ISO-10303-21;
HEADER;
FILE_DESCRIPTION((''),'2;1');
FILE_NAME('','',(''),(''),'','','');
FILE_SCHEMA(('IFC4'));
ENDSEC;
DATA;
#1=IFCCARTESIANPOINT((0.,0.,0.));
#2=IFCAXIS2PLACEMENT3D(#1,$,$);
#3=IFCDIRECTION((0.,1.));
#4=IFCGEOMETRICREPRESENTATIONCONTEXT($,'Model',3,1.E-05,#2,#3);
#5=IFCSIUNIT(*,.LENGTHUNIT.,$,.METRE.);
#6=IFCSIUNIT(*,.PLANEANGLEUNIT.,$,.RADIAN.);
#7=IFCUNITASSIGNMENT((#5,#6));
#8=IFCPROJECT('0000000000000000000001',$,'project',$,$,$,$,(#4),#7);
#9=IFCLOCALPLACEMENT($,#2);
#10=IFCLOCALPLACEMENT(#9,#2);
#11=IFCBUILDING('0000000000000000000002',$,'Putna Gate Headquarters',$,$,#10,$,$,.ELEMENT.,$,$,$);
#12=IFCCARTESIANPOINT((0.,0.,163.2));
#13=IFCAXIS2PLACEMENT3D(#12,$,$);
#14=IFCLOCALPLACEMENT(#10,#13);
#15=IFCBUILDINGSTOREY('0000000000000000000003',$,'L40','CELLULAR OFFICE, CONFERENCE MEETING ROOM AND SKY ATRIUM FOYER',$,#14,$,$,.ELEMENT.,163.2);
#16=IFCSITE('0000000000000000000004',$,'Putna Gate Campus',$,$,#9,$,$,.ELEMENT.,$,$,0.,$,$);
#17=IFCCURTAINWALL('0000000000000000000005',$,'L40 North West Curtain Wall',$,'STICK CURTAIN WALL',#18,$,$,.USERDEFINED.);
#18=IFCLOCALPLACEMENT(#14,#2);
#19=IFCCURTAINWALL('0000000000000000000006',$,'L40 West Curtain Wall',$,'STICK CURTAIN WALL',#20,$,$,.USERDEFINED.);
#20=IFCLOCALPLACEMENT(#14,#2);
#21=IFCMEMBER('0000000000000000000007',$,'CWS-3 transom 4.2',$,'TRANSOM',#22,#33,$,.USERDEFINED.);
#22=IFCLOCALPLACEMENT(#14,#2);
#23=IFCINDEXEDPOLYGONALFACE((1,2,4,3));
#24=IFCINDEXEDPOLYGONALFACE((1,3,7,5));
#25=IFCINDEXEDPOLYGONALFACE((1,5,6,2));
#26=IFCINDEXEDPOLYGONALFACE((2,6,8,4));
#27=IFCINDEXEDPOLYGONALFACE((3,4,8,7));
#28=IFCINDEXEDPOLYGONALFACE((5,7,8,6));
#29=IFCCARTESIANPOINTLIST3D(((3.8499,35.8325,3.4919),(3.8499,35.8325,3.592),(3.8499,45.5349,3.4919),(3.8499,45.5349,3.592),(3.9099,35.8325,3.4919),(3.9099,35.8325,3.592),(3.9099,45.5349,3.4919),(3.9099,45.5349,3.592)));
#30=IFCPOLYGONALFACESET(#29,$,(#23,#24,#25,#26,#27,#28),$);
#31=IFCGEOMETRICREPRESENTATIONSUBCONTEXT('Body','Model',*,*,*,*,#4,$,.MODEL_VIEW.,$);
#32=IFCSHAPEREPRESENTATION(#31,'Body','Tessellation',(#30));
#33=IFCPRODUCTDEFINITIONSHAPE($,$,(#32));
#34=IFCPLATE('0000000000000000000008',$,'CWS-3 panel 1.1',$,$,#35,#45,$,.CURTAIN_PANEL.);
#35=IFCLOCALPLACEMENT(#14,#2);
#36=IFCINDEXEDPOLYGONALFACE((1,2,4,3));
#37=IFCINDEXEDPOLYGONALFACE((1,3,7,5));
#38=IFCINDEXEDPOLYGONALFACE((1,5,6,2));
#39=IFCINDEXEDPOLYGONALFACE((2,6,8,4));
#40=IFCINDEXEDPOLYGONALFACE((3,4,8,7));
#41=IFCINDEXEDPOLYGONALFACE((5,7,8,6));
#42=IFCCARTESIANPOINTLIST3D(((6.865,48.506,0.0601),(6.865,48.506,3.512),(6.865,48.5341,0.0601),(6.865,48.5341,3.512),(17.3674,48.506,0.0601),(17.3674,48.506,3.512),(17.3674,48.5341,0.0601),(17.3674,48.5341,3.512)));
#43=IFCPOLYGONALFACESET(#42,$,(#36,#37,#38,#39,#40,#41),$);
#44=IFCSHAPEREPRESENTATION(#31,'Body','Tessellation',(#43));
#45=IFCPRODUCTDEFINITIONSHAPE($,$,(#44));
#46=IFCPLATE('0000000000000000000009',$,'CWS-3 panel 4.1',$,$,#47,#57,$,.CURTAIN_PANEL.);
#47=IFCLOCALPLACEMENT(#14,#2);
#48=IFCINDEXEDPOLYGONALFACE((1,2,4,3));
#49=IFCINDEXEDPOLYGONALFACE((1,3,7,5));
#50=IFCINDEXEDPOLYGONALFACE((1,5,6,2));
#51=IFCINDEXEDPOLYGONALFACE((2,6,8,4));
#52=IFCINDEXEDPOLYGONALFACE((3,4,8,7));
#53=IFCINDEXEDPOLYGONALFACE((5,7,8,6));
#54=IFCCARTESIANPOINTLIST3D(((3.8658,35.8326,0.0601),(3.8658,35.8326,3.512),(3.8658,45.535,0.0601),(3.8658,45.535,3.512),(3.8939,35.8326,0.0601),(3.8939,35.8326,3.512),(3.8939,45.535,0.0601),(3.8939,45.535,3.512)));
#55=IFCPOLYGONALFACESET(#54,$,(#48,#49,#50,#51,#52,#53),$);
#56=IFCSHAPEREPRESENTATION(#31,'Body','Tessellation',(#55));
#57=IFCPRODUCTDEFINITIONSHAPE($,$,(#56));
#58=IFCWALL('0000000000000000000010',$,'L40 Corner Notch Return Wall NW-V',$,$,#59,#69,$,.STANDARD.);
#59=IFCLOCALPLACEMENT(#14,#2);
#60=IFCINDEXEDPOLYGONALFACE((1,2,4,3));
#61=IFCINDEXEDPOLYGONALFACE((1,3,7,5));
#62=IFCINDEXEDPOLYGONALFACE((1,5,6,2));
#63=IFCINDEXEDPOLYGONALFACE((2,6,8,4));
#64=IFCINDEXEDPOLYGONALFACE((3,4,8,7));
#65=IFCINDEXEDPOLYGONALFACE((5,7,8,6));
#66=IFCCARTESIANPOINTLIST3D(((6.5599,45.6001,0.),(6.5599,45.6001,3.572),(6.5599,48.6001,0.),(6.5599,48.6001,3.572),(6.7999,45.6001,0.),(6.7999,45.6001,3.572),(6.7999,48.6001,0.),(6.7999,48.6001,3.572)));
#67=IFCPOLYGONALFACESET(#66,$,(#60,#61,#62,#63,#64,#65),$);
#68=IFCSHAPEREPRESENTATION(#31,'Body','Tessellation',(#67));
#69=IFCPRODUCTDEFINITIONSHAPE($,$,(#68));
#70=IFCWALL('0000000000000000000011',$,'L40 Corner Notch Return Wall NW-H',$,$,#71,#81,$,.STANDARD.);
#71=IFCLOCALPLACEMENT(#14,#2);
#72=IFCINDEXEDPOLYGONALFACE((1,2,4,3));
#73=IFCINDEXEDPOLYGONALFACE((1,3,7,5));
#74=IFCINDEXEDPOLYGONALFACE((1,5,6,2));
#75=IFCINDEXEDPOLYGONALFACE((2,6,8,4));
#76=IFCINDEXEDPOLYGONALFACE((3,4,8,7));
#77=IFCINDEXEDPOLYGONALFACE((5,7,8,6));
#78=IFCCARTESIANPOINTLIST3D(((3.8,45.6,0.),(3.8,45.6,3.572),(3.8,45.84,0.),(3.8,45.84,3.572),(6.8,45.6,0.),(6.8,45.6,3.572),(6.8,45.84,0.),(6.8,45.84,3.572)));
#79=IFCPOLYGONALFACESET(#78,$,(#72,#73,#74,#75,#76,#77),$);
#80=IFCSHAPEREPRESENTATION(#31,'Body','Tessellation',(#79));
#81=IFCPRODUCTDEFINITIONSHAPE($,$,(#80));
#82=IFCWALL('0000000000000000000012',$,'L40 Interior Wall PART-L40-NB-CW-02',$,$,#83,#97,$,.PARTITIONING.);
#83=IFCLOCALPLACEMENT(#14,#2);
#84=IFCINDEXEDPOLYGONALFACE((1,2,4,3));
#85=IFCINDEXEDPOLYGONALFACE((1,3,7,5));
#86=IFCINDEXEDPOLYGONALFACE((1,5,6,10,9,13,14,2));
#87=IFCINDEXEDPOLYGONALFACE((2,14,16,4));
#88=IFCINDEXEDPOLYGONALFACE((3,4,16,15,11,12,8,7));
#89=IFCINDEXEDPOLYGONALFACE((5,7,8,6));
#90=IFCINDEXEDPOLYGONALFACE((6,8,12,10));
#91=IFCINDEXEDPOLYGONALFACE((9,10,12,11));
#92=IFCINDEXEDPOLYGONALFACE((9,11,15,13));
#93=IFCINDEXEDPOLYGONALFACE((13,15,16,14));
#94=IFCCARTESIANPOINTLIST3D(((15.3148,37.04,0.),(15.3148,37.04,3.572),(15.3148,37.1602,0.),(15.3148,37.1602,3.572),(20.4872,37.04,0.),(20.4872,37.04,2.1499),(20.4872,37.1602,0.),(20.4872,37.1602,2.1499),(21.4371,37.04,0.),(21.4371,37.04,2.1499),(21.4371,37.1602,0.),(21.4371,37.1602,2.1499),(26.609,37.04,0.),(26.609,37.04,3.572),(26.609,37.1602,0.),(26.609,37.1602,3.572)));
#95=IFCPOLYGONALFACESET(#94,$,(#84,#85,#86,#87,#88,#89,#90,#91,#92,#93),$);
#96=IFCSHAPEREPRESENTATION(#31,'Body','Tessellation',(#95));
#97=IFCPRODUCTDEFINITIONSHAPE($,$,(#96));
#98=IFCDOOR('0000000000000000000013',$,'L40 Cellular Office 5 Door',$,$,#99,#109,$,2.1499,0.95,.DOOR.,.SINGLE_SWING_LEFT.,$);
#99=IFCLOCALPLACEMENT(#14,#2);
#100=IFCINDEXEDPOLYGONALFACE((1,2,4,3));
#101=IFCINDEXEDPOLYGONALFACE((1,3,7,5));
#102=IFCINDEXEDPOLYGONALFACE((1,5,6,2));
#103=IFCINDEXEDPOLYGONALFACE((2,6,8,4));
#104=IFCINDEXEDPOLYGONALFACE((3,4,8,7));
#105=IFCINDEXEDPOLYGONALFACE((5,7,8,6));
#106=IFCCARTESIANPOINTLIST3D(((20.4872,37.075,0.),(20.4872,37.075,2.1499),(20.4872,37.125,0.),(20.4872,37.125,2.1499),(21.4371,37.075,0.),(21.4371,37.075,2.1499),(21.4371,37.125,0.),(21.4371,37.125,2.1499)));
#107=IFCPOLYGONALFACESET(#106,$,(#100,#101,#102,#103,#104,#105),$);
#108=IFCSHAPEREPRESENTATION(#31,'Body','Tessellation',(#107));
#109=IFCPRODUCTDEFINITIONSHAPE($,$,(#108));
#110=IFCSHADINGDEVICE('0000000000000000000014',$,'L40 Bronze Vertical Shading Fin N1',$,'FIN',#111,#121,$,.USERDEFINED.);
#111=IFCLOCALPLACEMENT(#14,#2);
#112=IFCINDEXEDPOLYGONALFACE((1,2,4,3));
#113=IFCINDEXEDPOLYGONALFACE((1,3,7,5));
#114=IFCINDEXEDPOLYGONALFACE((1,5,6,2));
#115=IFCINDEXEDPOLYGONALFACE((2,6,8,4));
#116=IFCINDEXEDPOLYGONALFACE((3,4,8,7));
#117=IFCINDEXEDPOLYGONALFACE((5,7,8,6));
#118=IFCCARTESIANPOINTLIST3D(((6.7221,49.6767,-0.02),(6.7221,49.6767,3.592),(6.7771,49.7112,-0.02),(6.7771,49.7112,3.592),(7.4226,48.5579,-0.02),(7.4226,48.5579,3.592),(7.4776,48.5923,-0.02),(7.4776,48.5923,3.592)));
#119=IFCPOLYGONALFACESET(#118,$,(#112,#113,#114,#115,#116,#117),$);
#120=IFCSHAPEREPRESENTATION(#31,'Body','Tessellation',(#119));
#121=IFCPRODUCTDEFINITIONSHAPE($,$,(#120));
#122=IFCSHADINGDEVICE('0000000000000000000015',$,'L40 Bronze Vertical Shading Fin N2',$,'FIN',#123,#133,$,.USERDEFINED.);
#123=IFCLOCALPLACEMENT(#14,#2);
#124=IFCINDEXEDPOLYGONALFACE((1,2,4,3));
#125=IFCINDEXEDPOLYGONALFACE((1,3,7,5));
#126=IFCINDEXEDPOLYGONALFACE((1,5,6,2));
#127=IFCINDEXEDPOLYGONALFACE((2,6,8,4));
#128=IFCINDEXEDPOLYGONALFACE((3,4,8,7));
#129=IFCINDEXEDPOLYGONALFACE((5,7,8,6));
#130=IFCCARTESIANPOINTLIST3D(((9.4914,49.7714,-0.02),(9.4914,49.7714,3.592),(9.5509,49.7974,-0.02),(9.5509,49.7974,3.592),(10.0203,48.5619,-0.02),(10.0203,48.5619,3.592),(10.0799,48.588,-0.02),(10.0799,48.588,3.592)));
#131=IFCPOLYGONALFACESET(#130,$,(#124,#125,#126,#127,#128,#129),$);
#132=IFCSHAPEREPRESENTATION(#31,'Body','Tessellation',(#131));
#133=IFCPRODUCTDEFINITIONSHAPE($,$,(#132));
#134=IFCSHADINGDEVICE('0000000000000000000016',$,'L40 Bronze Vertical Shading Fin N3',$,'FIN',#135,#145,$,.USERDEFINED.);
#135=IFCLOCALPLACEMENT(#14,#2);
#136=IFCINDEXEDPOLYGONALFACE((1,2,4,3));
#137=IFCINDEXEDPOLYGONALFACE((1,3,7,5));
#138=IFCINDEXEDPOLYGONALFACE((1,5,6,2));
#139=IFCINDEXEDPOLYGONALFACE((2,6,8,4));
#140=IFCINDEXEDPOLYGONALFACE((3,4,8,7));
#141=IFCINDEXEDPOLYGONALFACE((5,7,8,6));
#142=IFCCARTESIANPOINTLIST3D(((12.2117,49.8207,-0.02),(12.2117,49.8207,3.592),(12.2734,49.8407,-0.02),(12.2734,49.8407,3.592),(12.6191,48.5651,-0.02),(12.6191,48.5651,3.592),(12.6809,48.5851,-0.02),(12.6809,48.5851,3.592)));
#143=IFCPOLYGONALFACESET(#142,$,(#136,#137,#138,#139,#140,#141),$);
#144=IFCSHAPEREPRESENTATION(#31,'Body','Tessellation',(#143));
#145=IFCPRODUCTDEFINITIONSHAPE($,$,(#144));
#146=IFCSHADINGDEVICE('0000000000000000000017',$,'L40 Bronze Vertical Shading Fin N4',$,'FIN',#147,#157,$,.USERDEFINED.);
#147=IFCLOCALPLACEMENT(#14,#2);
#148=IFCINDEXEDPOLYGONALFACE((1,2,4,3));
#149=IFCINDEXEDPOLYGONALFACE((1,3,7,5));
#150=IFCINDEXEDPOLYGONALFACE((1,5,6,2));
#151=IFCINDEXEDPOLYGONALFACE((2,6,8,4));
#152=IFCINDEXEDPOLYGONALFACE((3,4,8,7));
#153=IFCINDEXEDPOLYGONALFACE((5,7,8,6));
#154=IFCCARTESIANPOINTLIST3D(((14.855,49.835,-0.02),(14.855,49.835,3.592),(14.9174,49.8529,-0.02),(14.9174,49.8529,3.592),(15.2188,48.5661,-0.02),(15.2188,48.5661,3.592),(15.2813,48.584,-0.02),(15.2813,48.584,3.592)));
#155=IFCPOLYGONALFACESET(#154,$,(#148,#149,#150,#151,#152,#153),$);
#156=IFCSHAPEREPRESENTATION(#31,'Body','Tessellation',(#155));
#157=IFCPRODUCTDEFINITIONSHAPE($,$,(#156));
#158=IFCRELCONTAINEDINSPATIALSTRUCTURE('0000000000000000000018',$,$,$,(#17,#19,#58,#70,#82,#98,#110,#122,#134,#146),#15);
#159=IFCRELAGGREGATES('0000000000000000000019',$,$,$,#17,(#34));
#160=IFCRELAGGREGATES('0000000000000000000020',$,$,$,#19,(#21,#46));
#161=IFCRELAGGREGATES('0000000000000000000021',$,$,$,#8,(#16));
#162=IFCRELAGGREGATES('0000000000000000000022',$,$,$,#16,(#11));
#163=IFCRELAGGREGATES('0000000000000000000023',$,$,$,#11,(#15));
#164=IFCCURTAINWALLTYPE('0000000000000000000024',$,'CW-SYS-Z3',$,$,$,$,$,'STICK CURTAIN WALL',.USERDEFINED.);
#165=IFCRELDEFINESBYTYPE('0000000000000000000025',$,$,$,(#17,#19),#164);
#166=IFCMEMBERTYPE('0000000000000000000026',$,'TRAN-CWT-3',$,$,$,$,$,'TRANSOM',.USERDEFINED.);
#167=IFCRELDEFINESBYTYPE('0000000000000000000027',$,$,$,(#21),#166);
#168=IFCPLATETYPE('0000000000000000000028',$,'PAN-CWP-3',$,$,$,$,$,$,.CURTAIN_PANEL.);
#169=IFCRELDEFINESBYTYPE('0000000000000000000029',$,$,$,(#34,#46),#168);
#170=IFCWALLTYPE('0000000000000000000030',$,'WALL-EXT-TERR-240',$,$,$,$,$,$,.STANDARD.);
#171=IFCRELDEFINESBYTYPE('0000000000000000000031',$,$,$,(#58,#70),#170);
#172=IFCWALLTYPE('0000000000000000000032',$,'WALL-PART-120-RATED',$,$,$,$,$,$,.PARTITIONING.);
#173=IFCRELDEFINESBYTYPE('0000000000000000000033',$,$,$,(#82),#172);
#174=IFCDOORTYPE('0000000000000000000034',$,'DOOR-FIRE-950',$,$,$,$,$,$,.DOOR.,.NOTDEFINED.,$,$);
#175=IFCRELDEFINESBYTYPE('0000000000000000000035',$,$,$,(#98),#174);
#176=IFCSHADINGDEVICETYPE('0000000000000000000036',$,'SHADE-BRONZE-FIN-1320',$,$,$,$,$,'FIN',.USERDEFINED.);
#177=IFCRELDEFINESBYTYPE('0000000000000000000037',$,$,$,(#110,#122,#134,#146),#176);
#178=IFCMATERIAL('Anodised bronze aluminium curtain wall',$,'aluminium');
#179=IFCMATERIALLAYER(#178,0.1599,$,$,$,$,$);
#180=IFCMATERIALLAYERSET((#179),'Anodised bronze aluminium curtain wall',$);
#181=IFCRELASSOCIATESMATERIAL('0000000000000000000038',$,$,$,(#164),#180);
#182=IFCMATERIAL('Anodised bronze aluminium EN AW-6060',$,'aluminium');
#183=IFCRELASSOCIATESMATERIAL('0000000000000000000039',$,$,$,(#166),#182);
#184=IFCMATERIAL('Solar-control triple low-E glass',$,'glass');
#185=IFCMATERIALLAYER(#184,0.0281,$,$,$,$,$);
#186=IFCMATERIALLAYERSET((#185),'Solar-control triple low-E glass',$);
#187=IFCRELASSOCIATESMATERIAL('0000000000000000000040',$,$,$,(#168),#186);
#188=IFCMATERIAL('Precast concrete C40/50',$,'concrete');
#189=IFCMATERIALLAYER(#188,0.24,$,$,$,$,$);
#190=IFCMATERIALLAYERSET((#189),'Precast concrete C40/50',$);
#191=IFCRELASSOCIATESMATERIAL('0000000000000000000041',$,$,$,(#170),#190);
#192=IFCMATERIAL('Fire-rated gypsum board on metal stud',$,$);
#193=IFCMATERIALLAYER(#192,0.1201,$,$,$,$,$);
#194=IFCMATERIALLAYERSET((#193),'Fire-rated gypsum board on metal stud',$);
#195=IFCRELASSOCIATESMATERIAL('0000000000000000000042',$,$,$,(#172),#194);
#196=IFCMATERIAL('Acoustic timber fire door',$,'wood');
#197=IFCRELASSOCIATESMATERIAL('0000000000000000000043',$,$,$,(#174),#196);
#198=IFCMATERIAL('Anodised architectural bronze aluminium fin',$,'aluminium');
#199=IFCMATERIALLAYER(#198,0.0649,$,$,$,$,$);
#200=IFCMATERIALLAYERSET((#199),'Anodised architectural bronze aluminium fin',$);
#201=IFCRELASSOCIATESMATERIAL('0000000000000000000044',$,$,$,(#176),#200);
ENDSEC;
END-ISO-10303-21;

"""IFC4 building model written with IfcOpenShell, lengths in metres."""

from ifc_helpers import new_model, si_unit, direction, frame, frame_2d, origin, origin_2d, place, context, subcontext, project, spatial, rectangle, extrude, material, layer, layer_set, material_profile, profile_set, type_object, element, fill, aggregate, save


model = new_model("IFC4")

# Units and contexts
model_context = context("Model", 3, precision=1e-05, world=origin(), true_north=direction((0.0, 1.0)))
body_context = subcontext(model_context, "Body", "Model", "MODEL_VIEW")
ifc_project = project(units=[si_unit("LENGTHUNIT", "METRE"), si_unit("PLANEANGLEUNIT", "RADIAN")], contexts=[model_context])

# Site, building, storey
site_placement = place(None, origin())
site = spatial("IfcSite", under=ifc_project, at=site_placement, Name="Putna Gate Campus", CompositionType="ELEMENT", RefElevation=0.0)
building_placement = place(site_placement, origin())
building = spatial("IfcBuilding", under=site, at=building_placement, Name="Putna Gate Headquarters", CompositionType="ELEMENT")
storey_placement = place(building_placement, frame((0.0, 0.0, 163.2)))
storey = spatial("IfcBuildingStorey", under=building, at=storey_placement, Name="L40", Description="CELLULAR OFFICE, CONFERENCE MEETING ROOM AND SKY ATRIUM FOYER", CompositionType="ELEMENT", Elevation=163.2)

# Curtain wall
ifc_material_1 = material(Name="Anodised bronze aluminium curtain wall", Category="aluminium")
ifc_layer_1 = layer(ifc_material_1, 0.1599)
ifc_layer_set_1 = layer_set([ifc_layer_1], Name="Anodised bronze aluminium curtain wall")
curtain_wall_type = type_object("IfcCurtainWallType", Name="CW-SYS-Z3", ElementType="STICK CURTAIN WALL", PredefinedType="USERDEFINED", material=ifc_layer_set_1)
curtain_wall_1_placement = place(storey_placement, origin())
curtain_wall_1 = element("IfcCurtainWall", 1, at=curtain_wall_1_placement, inside=storey, type_object=curtain_wall_type, Name="L40 North West Curtain Wall", ObjectType="STICK CURTAIN WALL", PredefinedType="USERDEFINED")
ifc_material_2 = material(Name="Anodised bronze aluminium EN AW-6060", Category="aluminium")

# Curtain wall
curtain_wall_2_placement = place(storey_placement, origin())
curtain_wall_2 = element("IfcCurtainWall", 2, at=curtain_wall_2_placement, inside=storey, type_object=curtain_wall_type, Name="L40 West Curtain Wall", ObjectType="STICK CURTAIN WALL", PredefinedType="USERDEFINED")

# Member
ifc_material_profile_1 = material_profile(ifc_material_2, rectangle(XDim=0.0601, YDim=0.1001, at=origin_2d()), Name="Anodised bronze aluminium EN AW-6060")
ifc_profile_set_1 = profile_set([ifc_material_profile_1], Name="Anodised bronze aluminium EN AW-6060")
member_type_1 = type_object("IfcMemberType", Name="TRAN-CWT-3", ElementType="TRANSOM", PredefinedType="USERDEFINED", material=ifc_profile_set_1)
member_1_placement = place(storey_placement, frame((3.8799, 35.8325, 3.542), z_axis=(0.0, 1.0, 0.0), x_axis=(-1.0, 0.0, 0.0)))
member_1 = element("IfcMember", 3, at=member_1_placement, type_object=member_type_1, Name="CWS-3 transom 4.2", ObjectType="TRANSOM", PredefinedType="USERDEFINED", context=body_context, shape_type="SweptSolid", body=[
    extrude(rectangle(XDim=0.0601, YDim=0.1001, at=origin_2d()), origin(), (0.0, 0.0, 1.0), 9.7024),
])

# Plates
ifc_material_3 = material(Name="Solar-control triple low-E glass", Category="glass")
ifc_layer_2 = layer(ifc_material_3, 0.0281)
ifc_layer_set_2 = layer_set([ifc_layer_2], Name="Solar-control triple low-E glass")
plate_type = type_object("IfcPlateType", Name="PAN-CWP-3", PredefinedType="CURTAIN_PANEL", material=ifc_layer_set_2)
plate_1_placement = place(storey_placement, frame((12.1162, 48.52, 0.0601), z_axis=(0.0, 0.0, 1.0), x_axis=(1.0, 0.0, 0.0)))
plate_1 = element("IfcPlate", 4, at=plate_1_placement, type_object=plate_type, Name="CWS-3 panel 1.1", PredefinedType="CURTAIN_PANEL", context=body_context, shape_type="SweptSolid", body=[
    extrude(rectangle(XDim=10.5024, YDim=0.0281, at=origin_2d()), origin(), (0.0, 0.0, 1.0), 3.4519),
])
aggregate(curtain_wall_1, [plate_1])
plate_2_placement = place(storey_placement, frame((3.8799, 40.6838, 0.0601), z_axis=(0.0, 0.0, 1.0), x_axis=(0.0, 1.0, 0.0)))
plate_2 = element("IfcPlate", 5, at=plate_2_placement, type_object=plate_type, Name="CWS-3 panel 4.1", PredefinedType="CURTAIN_PANEL", context=body_context, shape_type="SweptSolid", body=[
    extrude(rectangle(XDim=9.7024, YDim=0.0281, at=origin_2d()), origin(), (0.0, 0.0, 1.0), 3.4519),
])
aggregate(curtain_wall_2, [member_1, plate_2])

# Walls
ifc_material_4 = material(Name="Precast concrete C40/50", Category="concrete")
ifc_layer_3 = layer(ifc_material_4, 0.24)
ifc_layer_set_3 = layer_set([ifc_layer_3], Name="Precast concrete C40/50")
wall_type_1 = type_object("IfcWallType", Name="WALL-EXT-TERR-240", PredefinedType="STANDARD", material=ifc_layer_set_3)
for number, where, z_axis, x_axis, name in (
    (6, (6.6799, 45.6001, 0.0), (0.0, 0.0, 1.0), (0.0, 1.0, 0.0), "L40 Corner Notch Return Wall NW-V"),
    (7, (3.8, 45.72, 0.0), (0.0, 0.0, 1.0), (1.0, 0.0, 0.0), "L40 Corner Notch Return Wall NW-H"),
):
    element("IfcWall", number, at=place(storey_placement, frame(where, z_axis=z_axis, x_axis=x_axis)), inside=storey, type_object=wall_type_1, Name=name, PredefinedType="STANDARD", context=body_context, shape_type="SweptSolid", body=[
        extrude(rectangle(XDim=3.0, YDim=0.24, at=frame_2d((1.5, 0.0))), origin(), (0.0, 0.0, 1.0), 3.572),
    ])

# Wall, opening, door
ifc_material_5 = material(Name="Fire-rated gypsum board on metal stud")
ifc_layer_4 = layer(ifc_material_5, 0.1201)
ifc_layer_set_4 = layer_set([ifc_layer_4], Name="Fire-rated gypsum board on metal stud")
wall_type_2 = type_object("IfcWallType", Name="WALL-PART-120-RATED", PredefinedType="PARTITIONING", material=ifc_layer_set_4)
wall_placement = place(storey_placement, frame((15.3149, 37.1001, 0.0), z_axis=(0.0, 0.0, 1.0), x_axis=(1.0, 0.0, 0.0)))
wall = element("IfcWall", 8, at=wall_placement, inside=storey, type_object=wall_type_2, Name="L40 Interior Wall PART-L40-NB-CW-02", PredefinedType="PARTITIONING", context=body_context, shape_type="SweptSolid", body=[
    extrude(rectangle(XDim=11.2942, YDim=0.1201, at=frame_2d((5.647, 0.0))), origin(), (0.0, 0.0, 1.0), 3.572),
])
opening_placement = place(wall_placement, frame((5.1721, 0.0, 0.0)))
opening = element("IfcOpeningElement", 9, at=opening_placement, cuts=wall, PredefinedType="OPENING", context=body_context, shape_type="SweptSolid", body=[
    extrude(rectangle(XDim=0.95, YDim=2.1499, at=frame_2d((0.4751, 1.075))), frame((0.0, 0.0701, 0.0), z_axis=(0.0, -1.0, 0.0), x_axis=(1.0, 0.0, 0.0)), (0.0, 0.0, 1.0), 0.1401),
])
ifc_material_6 = material(Name="Acoustic timber fire door", Category="wood")
door_type = type_object("IfcDoorType", Name="DOOR-FIRE-950", OperationType="NOTDEFINED", PredefinedType="DOOR", material=ifc_material_6)
door_placement = place(opening_placement, origin())
door = element("IfcDoor", 10, at=door_placement, inside=storey, type_object=door_type, Name="L40 Cellular Office 5 Door", OperationType="SINGLE_SWING_LEFT", OverallHeight=2.1499, OverallWidth=0.95, PredefinedType="DOOR", context=body_context, shape_type="SweptSolid", body=[
    extrude(rectangle(XDim=0.95, YDim=2.1499, at=frame_2d((0.4751, 1.075))), frame((0.0, 0.0249, 0.0), z_axis=(0.0, -1.0, 0.0), x_axis=(1.0, 0.0, 0.0)), (0.0, 0.0, 1.0), 0.05),
])
fill(opening, door)

# Shading devices
ifc_material_7 = material(Name="Anodised architectural bronze aluminium fin", Category="aluminium")
ifc_layer_5 = layer(ifc_material_7, 0.0649)
ifc_layer_set_5 = layer_set([ifc_layer_5], Name="Anodised architectural bronze aluminium fin")
shading_device_type = type_object("IfcShadingDeviceType", Name="SHADE-BRONZE-FIN-1320", ElementType="FIN", PredefinedType="USERDEFINED", material=ifc_layer_set_5)
for number, where, z_axis, x_axis, name in (
    (11, (7.0999, 49.1345, -0.02), (0.0, 0.0, 1.0), (-0.530659, 0.847585, 0.0), "L40 Bronze Vertical Shading Fin N1"),
    (12, (9.7856, 49.1797, -0.02), (0.0, 0.0, 1.0), (-0.400669, 0.916223, 0.0), "L40 Bronze Vertical Shading Fin N2"),
    (13, (12.4463, 49.2029, -0.02), (0.0, 0.0, 1.0), (-0.308685, 0.951164, 0.0), "L40 Bronze Vertical Shading Fin N3"),
    (14, (15.0681, 49.2095, -0.02), (0.0, 0.0, 1.0), (-0.275637, 0.961262, 0.0), "L40 Bronze Vertical Shading Fin N4"),
):
    element("IfcShadingDevice", number, at=place(storey_placement, frame(where, z_axis=z_axis, x_axis=x_axis)), inside=storey, type_object=shading_device_type, Name=name, ObjectType="FIN", PredefinedType="USERDEFINED", context=body_context, shape_type="SweptSolid", body=[
        extrude(rectangle(XDim=1.3201, YDim=0.0649, at=origin_2d()), origin(), (0.0, 0.0, 1.0), 3.6121),
    ])

save(model, "model.ifc")
